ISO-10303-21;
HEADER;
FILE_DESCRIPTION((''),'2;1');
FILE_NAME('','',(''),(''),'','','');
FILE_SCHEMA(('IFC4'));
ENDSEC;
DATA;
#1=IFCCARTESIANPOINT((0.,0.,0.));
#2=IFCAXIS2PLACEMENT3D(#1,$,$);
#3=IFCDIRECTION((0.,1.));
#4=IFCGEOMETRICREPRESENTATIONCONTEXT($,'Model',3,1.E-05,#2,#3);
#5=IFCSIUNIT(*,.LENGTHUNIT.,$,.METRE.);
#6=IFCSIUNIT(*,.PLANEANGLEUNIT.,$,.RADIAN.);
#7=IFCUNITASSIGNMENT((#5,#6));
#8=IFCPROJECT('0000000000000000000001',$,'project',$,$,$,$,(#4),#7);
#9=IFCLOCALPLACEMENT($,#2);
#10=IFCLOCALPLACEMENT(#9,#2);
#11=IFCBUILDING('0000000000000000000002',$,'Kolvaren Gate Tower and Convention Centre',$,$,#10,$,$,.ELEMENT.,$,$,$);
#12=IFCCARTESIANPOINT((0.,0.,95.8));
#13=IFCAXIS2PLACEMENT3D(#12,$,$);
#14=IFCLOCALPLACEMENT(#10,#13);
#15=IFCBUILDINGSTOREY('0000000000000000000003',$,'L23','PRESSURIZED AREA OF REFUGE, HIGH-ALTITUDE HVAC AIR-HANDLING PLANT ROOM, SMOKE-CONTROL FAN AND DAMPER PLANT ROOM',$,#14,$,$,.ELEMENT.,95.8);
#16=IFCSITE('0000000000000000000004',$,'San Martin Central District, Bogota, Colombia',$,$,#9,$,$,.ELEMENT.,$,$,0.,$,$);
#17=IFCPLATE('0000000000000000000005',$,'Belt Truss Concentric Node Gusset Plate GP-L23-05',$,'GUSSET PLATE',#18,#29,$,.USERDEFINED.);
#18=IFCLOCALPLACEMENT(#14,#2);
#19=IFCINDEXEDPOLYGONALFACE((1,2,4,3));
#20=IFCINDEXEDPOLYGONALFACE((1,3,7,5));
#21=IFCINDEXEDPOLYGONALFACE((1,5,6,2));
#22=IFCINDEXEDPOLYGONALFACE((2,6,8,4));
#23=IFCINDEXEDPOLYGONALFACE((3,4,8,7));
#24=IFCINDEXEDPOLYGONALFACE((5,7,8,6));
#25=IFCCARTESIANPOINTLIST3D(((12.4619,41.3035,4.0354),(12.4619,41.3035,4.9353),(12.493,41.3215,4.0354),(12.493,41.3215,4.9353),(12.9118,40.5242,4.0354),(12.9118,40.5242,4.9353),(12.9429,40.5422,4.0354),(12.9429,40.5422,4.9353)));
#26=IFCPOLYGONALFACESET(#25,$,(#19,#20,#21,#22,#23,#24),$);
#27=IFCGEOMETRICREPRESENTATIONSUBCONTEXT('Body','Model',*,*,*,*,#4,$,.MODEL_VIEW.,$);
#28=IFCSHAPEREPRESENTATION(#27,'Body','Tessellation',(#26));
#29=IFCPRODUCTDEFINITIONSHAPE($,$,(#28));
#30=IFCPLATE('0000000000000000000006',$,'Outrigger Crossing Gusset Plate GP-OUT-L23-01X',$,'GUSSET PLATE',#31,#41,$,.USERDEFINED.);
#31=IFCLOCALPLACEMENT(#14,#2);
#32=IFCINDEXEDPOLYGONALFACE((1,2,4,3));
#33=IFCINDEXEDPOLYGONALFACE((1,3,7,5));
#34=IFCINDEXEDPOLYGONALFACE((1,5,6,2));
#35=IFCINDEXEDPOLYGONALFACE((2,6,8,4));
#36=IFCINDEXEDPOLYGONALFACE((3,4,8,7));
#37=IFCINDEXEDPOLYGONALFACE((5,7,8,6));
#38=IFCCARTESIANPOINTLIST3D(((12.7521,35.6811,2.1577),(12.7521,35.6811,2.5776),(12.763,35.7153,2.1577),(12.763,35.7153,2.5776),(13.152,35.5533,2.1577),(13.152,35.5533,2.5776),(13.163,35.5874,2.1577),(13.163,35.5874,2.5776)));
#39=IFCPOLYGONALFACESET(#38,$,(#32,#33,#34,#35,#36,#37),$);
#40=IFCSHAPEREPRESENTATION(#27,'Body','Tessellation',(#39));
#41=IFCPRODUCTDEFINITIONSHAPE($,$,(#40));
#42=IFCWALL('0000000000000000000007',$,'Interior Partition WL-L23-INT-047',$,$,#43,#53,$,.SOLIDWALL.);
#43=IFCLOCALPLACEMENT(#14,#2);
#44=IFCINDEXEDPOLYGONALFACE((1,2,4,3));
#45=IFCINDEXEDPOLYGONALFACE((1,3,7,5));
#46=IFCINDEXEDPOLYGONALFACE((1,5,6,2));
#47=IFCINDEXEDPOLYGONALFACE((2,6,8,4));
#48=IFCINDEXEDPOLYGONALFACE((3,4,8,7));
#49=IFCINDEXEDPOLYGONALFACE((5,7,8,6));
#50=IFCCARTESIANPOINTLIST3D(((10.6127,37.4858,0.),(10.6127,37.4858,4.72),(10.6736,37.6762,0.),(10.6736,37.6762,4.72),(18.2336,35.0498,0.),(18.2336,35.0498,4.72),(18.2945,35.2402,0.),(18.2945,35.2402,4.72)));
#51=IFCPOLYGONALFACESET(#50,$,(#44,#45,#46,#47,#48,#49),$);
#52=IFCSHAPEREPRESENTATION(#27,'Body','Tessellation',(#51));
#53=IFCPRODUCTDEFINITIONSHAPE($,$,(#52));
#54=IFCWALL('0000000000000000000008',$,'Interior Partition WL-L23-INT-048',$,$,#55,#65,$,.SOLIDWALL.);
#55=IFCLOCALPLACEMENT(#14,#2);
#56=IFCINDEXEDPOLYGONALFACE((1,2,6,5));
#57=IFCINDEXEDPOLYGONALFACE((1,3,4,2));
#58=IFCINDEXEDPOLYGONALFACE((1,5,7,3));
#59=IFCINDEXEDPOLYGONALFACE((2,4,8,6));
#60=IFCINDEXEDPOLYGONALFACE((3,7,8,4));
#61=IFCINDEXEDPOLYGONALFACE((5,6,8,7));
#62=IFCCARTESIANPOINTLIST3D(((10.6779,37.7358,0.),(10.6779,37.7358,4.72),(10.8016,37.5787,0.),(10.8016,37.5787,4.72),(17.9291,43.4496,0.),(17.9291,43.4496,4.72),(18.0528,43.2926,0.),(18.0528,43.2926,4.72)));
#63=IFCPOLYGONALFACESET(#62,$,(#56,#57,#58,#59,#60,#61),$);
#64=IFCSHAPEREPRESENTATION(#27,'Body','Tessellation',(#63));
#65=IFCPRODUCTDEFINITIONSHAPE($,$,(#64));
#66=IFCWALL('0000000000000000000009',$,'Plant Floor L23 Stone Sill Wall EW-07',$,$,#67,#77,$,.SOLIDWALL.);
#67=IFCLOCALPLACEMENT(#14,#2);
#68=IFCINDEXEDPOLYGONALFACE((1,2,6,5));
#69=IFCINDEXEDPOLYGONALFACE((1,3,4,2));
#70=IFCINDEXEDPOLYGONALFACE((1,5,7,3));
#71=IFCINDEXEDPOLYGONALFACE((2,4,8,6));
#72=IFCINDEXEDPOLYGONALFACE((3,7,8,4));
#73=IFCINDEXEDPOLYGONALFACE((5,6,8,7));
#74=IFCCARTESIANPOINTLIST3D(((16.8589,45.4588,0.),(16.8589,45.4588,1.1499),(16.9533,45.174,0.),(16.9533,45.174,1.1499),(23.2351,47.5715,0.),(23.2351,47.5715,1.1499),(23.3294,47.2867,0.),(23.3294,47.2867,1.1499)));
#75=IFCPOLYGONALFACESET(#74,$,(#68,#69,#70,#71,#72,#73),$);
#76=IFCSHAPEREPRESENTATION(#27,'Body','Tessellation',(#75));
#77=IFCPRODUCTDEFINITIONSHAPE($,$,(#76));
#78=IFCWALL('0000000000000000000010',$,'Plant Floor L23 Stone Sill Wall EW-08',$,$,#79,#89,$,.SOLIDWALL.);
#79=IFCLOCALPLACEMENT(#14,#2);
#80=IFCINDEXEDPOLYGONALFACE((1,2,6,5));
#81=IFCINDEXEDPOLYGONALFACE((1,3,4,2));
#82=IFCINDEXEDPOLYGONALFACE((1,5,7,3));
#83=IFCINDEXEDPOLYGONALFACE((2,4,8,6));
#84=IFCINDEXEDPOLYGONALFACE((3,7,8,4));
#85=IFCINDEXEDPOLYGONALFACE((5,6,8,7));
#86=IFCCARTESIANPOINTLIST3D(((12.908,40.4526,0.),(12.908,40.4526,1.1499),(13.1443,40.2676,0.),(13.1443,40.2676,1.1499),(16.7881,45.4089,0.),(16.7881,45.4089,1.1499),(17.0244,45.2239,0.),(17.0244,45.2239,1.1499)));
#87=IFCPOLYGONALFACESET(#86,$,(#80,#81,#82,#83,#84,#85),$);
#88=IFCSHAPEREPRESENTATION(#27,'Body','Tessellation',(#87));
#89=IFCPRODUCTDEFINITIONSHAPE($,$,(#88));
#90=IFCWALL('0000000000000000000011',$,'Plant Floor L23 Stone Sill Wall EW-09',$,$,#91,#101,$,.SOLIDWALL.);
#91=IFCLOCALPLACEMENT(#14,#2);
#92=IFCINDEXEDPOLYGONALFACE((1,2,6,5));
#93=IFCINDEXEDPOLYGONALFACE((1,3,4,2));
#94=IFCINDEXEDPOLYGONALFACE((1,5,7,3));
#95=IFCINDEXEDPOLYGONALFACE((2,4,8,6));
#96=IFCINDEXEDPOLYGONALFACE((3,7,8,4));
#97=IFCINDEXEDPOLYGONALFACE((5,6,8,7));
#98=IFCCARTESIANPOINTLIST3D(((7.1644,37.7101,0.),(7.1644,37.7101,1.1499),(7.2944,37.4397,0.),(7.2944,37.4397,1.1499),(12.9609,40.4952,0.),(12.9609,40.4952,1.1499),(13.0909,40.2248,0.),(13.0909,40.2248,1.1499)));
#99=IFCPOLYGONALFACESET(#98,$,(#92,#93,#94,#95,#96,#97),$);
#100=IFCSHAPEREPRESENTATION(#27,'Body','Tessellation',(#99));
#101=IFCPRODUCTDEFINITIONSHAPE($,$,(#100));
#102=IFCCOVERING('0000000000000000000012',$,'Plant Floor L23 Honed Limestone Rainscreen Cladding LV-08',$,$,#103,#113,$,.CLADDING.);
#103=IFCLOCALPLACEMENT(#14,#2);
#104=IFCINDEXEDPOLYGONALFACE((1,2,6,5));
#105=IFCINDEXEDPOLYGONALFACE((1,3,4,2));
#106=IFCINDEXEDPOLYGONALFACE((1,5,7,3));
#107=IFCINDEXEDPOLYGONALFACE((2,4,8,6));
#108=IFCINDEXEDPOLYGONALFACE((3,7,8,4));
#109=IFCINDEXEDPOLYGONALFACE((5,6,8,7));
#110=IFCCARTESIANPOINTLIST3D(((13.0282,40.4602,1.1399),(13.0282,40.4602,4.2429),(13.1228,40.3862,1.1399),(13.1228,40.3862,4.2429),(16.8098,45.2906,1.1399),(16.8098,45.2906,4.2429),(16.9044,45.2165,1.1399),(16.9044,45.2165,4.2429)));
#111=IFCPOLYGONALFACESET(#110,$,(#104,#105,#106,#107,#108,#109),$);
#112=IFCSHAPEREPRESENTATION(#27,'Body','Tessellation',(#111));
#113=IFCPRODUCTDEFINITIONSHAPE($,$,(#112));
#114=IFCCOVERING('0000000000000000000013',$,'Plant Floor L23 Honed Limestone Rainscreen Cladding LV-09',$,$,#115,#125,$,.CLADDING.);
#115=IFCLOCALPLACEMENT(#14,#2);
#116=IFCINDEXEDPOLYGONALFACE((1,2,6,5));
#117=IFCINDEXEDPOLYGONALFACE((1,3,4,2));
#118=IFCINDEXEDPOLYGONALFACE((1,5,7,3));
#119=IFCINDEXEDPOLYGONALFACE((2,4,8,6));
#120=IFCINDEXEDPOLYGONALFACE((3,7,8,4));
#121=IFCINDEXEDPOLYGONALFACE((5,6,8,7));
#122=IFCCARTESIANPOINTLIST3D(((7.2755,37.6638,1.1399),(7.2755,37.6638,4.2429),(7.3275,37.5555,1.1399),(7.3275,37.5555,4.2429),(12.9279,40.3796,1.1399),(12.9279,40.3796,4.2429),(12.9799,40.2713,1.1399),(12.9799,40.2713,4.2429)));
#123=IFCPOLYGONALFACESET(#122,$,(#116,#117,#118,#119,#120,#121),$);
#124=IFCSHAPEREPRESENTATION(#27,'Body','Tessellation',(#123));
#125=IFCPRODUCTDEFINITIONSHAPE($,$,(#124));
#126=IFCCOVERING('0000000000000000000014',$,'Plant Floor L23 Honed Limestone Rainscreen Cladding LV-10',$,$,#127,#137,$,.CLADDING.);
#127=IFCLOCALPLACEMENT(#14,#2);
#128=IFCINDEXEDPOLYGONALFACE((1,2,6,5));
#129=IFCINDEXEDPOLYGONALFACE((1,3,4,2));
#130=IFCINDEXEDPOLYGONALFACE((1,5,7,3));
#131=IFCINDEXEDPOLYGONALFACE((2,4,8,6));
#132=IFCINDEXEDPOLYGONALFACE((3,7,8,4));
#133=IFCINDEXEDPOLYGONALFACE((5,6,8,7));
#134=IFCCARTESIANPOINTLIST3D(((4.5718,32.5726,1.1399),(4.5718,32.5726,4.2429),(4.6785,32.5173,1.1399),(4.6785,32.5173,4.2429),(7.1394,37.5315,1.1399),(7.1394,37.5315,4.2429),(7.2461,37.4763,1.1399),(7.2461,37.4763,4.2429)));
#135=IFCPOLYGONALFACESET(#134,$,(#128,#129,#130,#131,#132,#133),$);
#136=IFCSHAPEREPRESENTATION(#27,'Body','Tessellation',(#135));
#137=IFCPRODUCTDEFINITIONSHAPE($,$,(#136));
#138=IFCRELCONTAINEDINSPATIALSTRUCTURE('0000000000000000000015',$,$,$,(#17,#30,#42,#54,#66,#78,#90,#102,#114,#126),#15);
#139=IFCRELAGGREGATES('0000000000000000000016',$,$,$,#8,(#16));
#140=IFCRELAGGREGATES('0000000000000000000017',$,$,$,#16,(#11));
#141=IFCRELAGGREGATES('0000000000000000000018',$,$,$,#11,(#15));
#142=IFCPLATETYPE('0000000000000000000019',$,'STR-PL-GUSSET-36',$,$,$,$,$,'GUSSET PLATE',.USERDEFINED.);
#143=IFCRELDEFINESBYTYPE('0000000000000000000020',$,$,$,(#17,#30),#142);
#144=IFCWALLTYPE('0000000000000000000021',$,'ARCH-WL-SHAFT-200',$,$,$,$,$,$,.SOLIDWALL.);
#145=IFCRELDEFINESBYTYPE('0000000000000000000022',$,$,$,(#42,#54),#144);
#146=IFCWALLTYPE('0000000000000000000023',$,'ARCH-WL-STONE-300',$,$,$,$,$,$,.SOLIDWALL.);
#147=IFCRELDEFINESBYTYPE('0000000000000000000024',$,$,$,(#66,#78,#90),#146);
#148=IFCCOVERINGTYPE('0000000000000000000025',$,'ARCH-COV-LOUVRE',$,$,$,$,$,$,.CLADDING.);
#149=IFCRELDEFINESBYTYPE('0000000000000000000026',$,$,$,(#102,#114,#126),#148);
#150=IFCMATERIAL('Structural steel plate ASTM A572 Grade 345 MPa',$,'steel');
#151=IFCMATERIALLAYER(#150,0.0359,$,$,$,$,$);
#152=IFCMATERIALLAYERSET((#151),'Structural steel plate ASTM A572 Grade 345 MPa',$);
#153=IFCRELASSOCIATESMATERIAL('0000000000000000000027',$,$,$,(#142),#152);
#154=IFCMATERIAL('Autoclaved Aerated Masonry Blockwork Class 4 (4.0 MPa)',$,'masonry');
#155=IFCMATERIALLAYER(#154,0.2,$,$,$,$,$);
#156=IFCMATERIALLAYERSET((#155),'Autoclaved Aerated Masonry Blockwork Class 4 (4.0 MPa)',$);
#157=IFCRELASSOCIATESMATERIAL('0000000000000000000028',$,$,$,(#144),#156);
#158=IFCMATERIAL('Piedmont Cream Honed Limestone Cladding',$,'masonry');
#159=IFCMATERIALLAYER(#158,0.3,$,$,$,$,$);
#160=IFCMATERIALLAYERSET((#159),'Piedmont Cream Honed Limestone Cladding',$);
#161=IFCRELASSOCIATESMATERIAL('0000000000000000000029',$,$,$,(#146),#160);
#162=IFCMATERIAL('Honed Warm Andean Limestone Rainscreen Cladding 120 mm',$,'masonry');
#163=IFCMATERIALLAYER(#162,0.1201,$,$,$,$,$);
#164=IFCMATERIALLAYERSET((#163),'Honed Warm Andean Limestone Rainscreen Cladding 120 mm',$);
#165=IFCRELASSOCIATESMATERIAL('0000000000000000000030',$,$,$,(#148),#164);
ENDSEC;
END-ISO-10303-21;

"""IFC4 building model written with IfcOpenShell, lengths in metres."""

from ifc_helpers import new_model, si_unit, direction, frame, frame_2d, origin, origin_2d, place, context, subcontext, project, spatial, rectangle, extrude, material, layer, layer_set, type_object, element, save


model = new_model("IFC4")

# Units and contexts
model_context = context("Model", 3, precision=1e-05, world=origin(), true_north=direction((0.0, 1.0)))
body_context = subcontext(model_context, "Body", "Model", "MODEL_VIEW")
ifc_project = project(units=[si_unit("LENGTHUNIT", "METRE"), si_unit("PLANEANGLEUNIT", "RADIAN")], contexts=[model_context])

# Site, building, storey
site_placement = place(None, origin())
site = spatial("IfcSite", under=ifc_project, at=site_placement, Name="San Martin Central District, Bogota, Colombia", CompositionType="ELEMENT", RefElevation=0.0)
building_placement = place(site_placement, origin())
building = spatial("IfcBuilding", under=site, at=building_placement, Name="Kolvaren Gate Tower and Convention Centre", CompositionType="ELEMENT")
storey_placement = place(building_placement, frame((0.0, 0.0, 95.8)))
storey = spatial("IfcBuildingStorey", under=building, at=storey_placement, Name="L23", Description="PRESSURIZED AREA OF REFUGE, HIGH-ALTITUDE HVAC AIR-HANDLING PLANT ROOM, SMOKE-CONTROL FAN AND DAMPER PLANT ROOM", CompositionType="ELEMENT", Elevation=95.8)

# Plates
ifc_material_1 = material(Name="Structural steel plate ASTM A572 Grade 345 MPa", Category="steel")
ifc_layer_1 = layer(ifc_material_1, 0.0359)
ifc_layer_set_1 = layer_set([ifc_layer_1], Name="Structural steel plate ASTM A572 Grade 345 MPa")
plate_type_1 = type_object("IfcPlateType", Name="STR-PL-GUSSET-36", ElementType="GUSSET PLATE", PredefinedType="USERDEFINED", material=ifc_layer_set_1)
plate_1_placement = place(storey_placement, frame((12.7024, 40.9229, 4.0354), z_axis=(0.0, 0.0, 1.0), x_axis=(-0.5, 0.866025, 0.0)))
element("IfcPlate", 1, at=plate_1_placement, inside=storey, type_object=plate_type_1, Name="Belt Truss Concentric Node Gusset Plate GP-L23-05", ObjectType="GUSSET PLATE", PredefinedType="USERDEFINED", context=body_context, shape_type="SweptSolid", body=[
    extrude(rectangle(XDim=0.8999, YDim=0.0359, at=origin_2d()), origin(), (0.0, 0.0, 1.0), 0.8999),
])
plate_2_placement = place(storey_placement, frame((12.9575, 35.6343, 2.1577), z_axis=(0.0, 0.0, 1.0), x_axis=(-0.952522, 0.30447, 0.0)))
element("IfcPlate", 2, at=plate_2_placement, inside=storey, type_object=plate_type_1, Name="Outrigger Crossing Gusset Plate GP-OUT-L23-01X", ObjectType="GUSSET PLATE", PredefinedType="USERDEFINED", context=body_context, shape_type="SweptSolid", body=[
    extrude(rectangle(XDim=0.4199, YDim=0.0359, at=origin_2d()), origin(), (0.0, 0.0, 1.0), 0.4199),
])

# Walls
ifc_material_2 = material(Name="Autoclaved Aerated Masonry Blockwork Class 4 (4.0 MPa)", Category="masonry")
ifc_layer_2 = layer(ifc_material_2, 0.2)
ifc_layer_set_2 = layer_set([ifc_layer_2], Name="Autoclaved Aerated Masonry Blockwork Class 4 (4.0 MPa)")
wall_type_1 = type_object("IfcWallType", Name="ARCH-WL-SHAFT-200", PredefinedType="SOLIDWALL", material=ifc_layer_set_2)
wall_1_placement = place(storey_placement, frame((10.6431, 37.5811, 0.0), z_axis=(0.0, 0.0, 1.0), x_axis=(0.95252, -0.304477, 0.0)))
element("IfcWall", 3, at=wall_1_placement, inside=storey, type_object=wall_type_1, Name="Interior Partition WL-L23-INT-047", PredefinedType="SOLIDWALL", context=body_context, shape_type="SweptSolid", body=[
    extrude(rectangle(XDim=8.0007, YDim=0.2, at=frame_2d((4.0005, 0.0))), origin(), (0.0, 0.0, 1.0), 4.72),
])
wall_2_placement = place(storey_placement, frame((10.7397, 37.6572, 0.0), z_axis=(0.0, 0.0, 1.0), x_axis=(0.78545, 0.618925, 0.0)))
element("IfcWall", 4, at=wall_2_placement, inside=storey, type_object=wall_type_1, Name="Interior Partition WL-L23-INT-048", PredefinedType="SOLIDWALL", context=body_context, shape_type="SweptSolid", body=[
    extrude(rectangle(XDim=9.2319, YDim=0.2, at=frame_2d((4.616, 0.0))), origin(), (0.0, 0.0, 1.0), 4.72),
])
ifc_material_3 = material(Name="Piedmont Cream Honed Limestone Cladding", Category="masonry")
ifc_layer_3 = layer(ifc_material_3, 0.3)
ifc_layer_set_3 = layer_set([ifc_layer_3], Name="Piedmont Cream Honed Limestone Cladding")
wall_type_2 = type_object("IfcWallType", Name="ARCH-WL-STONE-300", PredefinedType="SOLIDWALL", material=ifc_layer_set_3)
wall_3_placement = place(storey_placement, frame((16.9062, 45.3164, 0.0), z_axis=(0.0, 0.0, 1.0), x_axis=(0.949245, 0.314537, 0.0)))
element("IfcWall", 5, at=wall_3_placement, inside=storey, type_object=wall_type_2, Name="Plant Floor L23 Stone Sill Wall EW-07", PredefinedType="SOLIDWALL", context=body_context, shape_type="SweptSolid", body=[
    extrude(rectangle(XDim=6.717, YDim=0.3, at=frame_2d((3.3584, 0.0))), origin(), (0.0, 0.0, 1.0), 1.1499),
])
wall_4_placement = place(storey_placement, frame((13.0261, 40.3601, 0.0), z_axis=(0.0, 0.0, 1.0), x_axis=(0.616435, 0.787406, 0.0)))
element("IfcWall", 6, at=wall_4_placement, inside=storey, type_object=wall_type_2, Name="Plant Floor L23 Stone Sill Wall EW-08", PredefinedType="SOLIDWALL", context=body_context, shape_type="SweptSolid", body=[
    extrude(rectangle(XDim=6.2944, YDim=0.3, at=frame_2d((3.1472, 0.0))), origin(), (0.0, 0.0, 1.0), 1.1499),
])
wall_5_placement = place(storey_placement, frame((7.2295, 37.575, 0.0), z_axis=(0.0, 0.0, 1.0), x_axis=(0.901355, 0.433082, 0.0)))
element("IfcWall", 7, at=wall_5_placement, inside=storey, type_object=wall_type_2, Name="Plant Floor L23 Stone Sill Wall EW-09", PredefinedType="SOLIDWALL", context=body_context, shape_type="SweptSolid", body=[
    extrude(rectangle(XDim=6.4309, YDim=0.3, at=frame_2d((3.2153, 0.0))), origin(), (0.0, 0.0, 1.0), 1.1499),
])

# Coverings
ifc_material_4 = material(Name="Honed Warm Andean Limestone Rainscreen Cladding 120 mm", Category="masonry")
ifc_layer_4 = layer(ifc_material_4, 0.1201)
ifc_layer_set_4 = layer_set([ifc_layer_4], Name="Honed Warm Andean Limestone Rainscreen Cladding 120 mm")
covering_type = type_object("IfcCoveringType", Name="ARCH-COV-LOUVRE", PredefinedType="CLADDING", material=ifc_layer_set_4)
covering_1_placement = place(storey_placement, frame((14.9663, 42.8384, 1.1399), z_axis=(0.0, 0.0, 1.0), x_axis=(0.616442, 0.7874, 0.0)))
element("IfcCovering", 8, at=covering_1_placement, inside=storey, type_object=covering_type, Name="Plant Floor L23 Honed Limestone Rainscreen Cladding LV-08", PredefinedType="CLADDING", context=body_context, shape_type="SweptSolid", body=[
    extrude(rectangle(XDim=6.1345, YDim=0.1201, at=origin_2d()), origin(), (0.0, 0.0, 1.0), 3.103),
])
covering_2_placement = place(storey_placement, frame((10.1277, 38.9675, 1.1399), z_axis=(0.0, 0.0, 1.0), x_axis=(0.901358, 0.433076, 0.0)))
element("IfcCovering", 9, at=covering_2_placement, inside=storey, type_object=covering_type, Name="Plant Floor L23 Honed Limestone Rainscreen Cladding LV-09", PredefinedType="CLADDING", context=body_context, shape_type="SweptSolid", body=[
    extrude(rectangle(XDim=6.271, YDim=0.1201, at=origin_2d()), origin(), (0.0, 0.0, 1.0), 3.103),
])
covering_3_placement = place(storey_placement, frame((5.9089, 35.0244, 1.1399), z_axis=(0.0, 0.0, 1.0), x_axis=(0.459802, 0.888022, 0.0)))
element("IfcCovering", 10, at=covering_3_placement, inside=storey, type_object=covering_type, Name="Plant Floor L23 Honed Limestone Rainscreen Cladding LV-10", PredefinedType="CLADDING", context=body_context, shape_type="SweptSolid", body=[
    extrude(rectangle(XDim=5.5842, YDim=0.1201, at=origin_2d()), origin(), (0.0, 0.0, 1.0), 3.103),
])

save(model, "model.ifc")
